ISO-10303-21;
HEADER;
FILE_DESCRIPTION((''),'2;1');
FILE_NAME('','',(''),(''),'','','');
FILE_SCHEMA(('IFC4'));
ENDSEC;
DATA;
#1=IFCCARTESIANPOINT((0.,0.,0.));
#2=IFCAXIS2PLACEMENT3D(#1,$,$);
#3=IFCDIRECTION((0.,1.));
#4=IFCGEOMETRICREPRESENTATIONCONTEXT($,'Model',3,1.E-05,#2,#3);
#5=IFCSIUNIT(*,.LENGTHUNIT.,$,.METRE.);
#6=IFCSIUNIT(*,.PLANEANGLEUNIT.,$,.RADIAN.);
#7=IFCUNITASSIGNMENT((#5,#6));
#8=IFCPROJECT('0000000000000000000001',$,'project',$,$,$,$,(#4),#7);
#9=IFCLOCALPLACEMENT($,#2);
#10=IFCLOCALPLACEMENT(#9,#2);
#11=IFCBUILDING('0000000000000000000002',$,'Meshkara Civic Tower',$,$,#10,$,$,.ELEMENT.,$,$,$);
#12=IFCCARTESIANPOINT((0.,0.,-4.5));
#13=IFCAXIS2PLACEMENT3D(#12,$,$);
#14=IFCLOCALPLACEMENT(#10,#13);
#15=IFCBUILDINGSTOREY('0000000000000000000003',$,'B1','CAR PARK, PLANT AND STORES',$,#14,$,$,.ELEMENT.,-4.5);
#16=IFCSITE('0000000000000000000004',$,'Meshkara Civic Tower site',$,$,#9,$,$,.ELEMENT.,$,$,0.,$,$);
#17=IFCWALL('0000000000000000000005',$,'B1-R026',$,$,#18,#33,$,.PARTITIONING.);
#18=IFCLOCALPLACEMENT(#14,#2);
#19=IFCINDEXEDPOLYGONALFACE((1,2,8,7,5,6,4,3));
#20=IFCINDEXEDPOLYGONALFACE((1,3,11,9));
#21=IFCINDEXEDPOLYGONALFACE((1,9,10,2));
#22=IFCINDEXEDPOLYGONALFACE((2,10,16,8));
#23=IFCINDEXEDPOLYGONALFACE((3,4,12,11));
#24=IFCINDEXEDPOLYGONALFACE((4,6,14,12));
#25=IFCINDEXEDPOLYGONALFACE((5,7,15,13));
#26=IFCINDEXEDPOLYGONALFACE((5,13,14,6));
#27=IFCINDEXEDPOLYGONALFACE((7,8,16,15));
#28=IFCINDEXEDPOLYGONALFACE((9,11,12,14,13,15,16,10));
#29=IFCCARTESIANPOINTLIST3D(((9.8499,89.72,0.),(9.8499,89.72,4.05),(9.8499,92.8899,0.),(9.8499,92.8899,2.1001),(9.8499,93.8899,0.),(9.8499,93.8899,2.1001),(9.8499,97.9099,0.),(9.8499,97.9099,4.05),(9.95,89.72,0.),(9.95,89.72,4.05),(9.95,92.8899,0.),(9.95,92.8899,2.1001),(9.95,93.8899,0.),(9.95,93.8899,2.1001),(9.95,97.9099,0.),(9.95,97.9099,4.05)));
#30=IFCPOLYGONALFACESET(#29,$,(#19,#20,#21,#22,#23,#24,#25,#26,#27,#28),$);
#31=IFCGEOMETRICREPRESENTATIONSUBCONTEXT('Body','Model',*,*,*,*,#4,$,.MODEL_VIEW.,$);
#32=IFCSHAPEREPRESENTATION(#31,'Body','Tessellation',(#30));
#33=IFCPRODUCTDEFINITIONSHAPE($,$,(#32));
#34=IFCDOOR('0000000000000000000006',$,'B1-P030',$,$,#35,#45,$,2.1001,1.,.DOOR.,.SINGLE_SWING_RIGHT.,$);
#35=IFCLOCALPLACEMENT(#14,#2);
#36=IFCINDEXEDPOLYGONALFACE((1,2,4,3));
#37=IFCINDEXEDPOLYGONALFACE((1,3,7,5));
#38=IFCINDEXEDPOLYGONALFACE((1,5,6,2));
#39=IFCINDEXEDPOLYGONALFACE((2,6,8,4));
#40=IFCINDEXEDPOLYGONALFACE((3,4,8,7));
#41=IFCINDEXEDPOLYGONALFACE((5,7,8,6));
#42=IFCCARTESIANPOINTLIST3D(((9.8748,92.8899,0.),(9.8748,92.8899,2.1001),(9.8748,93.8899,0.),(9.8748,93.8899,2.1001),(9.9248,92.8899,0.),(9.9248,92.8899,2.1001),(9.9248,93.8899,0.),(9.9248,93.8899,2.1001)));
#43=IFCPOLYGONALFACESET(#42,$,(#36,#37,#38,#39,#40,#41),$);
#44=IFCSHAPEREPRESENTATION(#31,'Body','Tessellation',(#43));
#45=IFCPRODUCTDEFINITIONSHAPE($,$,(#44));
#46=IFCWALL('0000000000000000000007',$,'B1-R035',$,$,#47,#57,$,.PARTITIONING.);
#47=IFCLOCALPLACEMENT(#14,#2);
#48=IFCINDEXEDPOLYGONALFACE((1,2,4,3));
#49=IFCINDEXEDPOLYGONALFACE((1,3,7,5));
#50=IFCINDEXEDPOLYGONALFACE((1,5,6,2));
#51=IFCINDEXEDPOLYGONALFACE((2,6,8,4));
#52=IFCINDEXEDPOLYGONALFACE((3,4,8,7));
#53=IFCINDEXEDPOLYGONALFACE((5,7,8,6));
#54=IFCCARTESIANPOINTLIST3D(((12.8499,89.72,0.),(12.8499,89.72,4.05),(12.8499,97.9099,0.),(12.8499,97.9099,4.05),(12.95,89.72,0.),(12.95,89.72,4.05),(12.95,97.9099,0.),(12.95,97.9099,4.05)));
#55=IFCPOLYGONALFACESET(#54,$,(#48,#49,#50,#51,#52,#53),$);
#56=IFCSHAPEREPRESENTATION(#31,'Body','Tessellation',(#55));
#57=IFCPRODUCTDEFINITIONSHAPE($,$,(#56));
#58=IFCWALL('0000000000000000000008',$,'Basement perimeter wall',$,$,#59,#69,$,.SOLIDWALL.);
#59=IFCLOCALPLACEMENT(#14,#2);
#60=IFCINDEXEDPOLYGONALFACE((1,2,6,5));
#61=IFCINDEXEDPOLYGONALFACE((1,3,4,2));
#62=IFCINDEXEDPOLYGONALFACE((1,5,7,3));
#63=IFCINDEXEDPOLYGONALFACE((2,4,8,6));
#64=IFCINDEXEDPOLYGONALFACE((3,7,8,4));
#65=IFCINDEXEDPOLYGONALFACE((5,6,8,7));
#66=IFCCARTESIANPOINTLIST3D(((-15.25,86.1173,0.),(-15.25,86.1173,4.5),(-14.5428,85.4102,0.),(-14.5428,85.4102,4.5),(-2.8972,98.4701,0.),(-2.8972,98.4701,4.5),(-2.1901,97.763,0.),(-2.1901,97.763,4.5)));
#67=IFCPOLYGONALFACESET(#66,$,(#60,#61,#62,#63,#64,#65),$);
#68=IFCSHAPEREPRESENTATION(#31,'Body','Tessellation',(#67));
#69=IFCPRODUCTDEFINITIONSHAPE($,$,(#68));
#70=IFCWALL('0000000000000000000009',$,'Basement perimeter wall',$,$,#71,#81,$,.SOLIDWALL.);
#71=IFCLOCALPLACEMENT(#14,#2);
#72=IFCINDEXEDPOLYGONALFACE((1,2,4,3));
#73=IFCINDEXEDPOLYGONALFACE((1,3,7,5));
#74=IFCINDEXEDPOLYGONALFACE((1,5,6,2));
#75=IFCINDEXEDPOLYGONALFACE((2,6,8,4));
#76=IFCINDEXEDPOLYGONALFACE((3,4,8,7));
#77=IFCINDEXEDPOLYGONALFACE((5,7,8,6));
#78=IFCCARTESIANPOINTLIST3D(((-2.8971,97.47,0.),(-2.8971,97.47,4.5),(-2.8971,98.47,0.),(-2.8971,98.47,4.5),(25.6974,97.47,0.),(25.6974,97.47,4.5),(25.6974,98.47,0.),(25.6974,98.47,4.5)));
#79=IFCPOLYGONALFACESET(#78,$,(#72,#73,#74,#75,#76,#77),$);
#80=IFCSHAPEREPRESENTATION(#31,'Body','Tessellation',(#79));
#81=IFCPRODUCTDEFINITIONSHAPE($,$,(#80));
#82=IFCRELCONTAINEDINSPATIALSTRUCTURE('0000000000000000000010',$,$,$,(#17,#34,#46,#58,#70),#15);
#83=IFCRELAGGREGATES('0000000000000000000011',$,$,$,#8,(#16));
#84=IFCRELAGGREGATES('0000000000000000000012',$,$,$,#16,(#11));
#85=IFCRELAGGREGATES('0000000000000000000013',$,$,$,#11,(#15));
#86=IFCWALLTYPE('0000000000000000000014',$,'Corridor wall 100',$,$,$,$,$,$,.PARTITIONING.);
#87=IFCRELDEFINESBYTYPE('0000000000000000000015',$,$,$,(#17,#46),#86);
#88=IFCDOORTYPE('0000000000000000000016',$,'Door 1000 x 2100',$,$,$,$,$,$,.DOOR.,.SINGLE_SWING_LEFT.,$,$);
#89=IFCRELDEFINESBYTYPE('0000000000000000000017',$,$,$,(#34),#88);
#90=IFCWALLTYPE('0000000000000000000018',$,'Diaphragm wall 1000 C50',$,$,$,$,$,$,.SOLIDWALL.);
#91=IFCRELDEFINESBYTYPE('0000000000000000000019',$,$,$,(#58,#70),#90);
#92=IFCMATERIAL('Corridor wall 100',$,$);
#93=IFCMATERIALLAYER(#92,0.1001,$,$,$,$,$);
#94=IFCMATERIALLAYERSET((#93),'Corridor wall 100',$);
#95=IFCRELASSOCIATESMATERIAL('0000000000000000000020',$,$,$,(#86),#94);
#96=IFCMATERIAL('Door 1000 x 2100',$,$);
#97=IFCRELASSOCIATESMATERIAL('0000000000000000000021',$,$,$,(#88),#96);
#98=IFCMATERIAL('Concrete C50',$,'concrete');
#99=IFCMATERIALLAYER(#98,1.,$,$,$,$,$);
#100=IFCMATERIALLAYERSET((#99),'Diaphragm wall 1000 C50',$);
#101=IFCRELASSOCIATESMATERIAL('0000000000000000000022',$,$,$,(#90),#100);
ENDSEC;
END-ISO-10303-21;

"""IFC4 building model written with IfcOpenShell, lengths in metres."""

from ifc_helpers import new_model, si_unit, direction, frame, frame_2d, origin, place, context, subcontext, project, spatial, rectangle, extrude, material, layer, layer_set, type_object, element, fill, save


model = new_model("IFC4")

# Units and contexts
model_context = context("Model", 3, precision=1e-05, world=origin(), true_north=direction((0.0, 1.0)))
body_context = subcontext(model_context, "Body", "Model", "MODEL_VIEW")
ifc_project = project(units=[si_unit("LENGTHUNIT", "METRE"), si_unit("PLANEANGLEUNIT", "RADIAN")], contexts=[model_context])

# Site, building, storey
site_placement = place(None, origin())
site = spatial("IfcSite", under=ifc_project, at=site_placement, Name="Meshkara Civic Tower site", CompositionType="ELEMENT", RefElevation=0.0)
building_placement = place(site_placement, origin())
building = spatial("IfcBuilding", under=site, at=building_placement, Name="Meshkara Civic Tower", CompositionType="ELEMENT")
storey_placement = place(building_placement, frame((0.0, 0.0, -4.5)))
storey = spatial("IfcBuildingStorey", under=building, at=storey_placement, Name="B1", Description="CAR PARK, PLANT AND STORES", CompositionType="ELEMENT", Elevation=-4.5)

# Shared definitions
ifc_material_1 = material(Name="Corridor wall 100")
ifc_layer_1 = layer(ifc_material_1, 0.1001)
ifc_layer_set_1 = layer_set([ifc_layer_1], Name="Corridor wall 100")
wall_type_1 = type_object("IfcWallType", Name="Corridor wall 100", PredefinedType="PARTITIONING", material=ifc_layer_set_1)

# Wall, opening, door
wall_1_placement = place(storey_placement, frame((9.8999, 97.9099, 0.0), z_axis=(0.0, 0.0, 1.0), x_axis=(0.0, -1.0, 0.0)))
wall_1 = element("IfcWall", 1, at=wall_1_placement, inside=storey, type_object=wall_type_1, Name="B1-R026", PredefinedType="PARTITIONING", context=body_context, shape_type="SweptSolid", body=[
    extrude(rectangle(XDim=8.1899, YDim=0.1001, at=frame_2d((4.095, 0.0))), origin(), (0.0, 0.0, 1.0), 4.05),
])
opening_placement = place(wall_1_placement, frame((4.02, 0.0, 0.0)))
opening = element("IfcOpeningElement", 2, at=opening_placement, cuts=wall_1, PredefinedType="OPENING", context=body_context, shape_type="SweptSolid", body=[
    extrude(rectangle(XDim=1.0, YDim=2.1001, at=frame_2d((0.5, 1.05))), frame((0.0, 0.0601, 0.0), z_axis=(0.0, -1.0, 0.0), x_axis=(1.0, 0.0, 0.0)), (0.0, 0.0, 1.0), 0.1201),
])
ifc_material_2 = material(Name="Door 1000 x 2100")
door_type = type_object("IfcDoorType", Name="Door 1000 x 2100", OperationType="SINGLE_SWING_LEFT", PredefinedType="DOOR", material=ifc_material_2)
door_placement = place(opening_placement, origin())
door = element("IfcDoor", 3, at=door_placement, inside=storey, type_object=door_type, Name="B1-P030", OperationType="SINGLE_SWING_RIGHT", OverallHeight=2.1001, OverallWidth=1.0, PredefinedType="DOOR", context=body_context, shape_type="SweptSolid", body=[
    extrude(rectangle(XDim=1.0, YDim=2.1001, at=frame_2d((0.5, 1.05))), frame((0.0, 0.0249, 0.0), z_axis=(0.0, -1.0, 0.0), x_axis=(1.0, 0.0, 0.0)), (0.0, 0.0, 1.0), 0.05),
])
fill(opening, door)

# Walls
wall_2_placement = place(storey_placement, frame((12.8999, 89.72, 0.0), z_axis=(0.0, 0.0, 1.0), x_axis=(0.0, 1.0, 0.0)))
element("IfcWall", 4, at=wall_2_placement, inside=storey, type_object=wall_type_1, Name="B1-R035", PredefinedType="PARTITIONING", context=body_context, shape_type="SweptSolid", body=[
    extrude(rectangle(XDim=8.1899, YDim=0.1001, at=frame_2d((4.095, 0.0))), origin(), (0.0, 0.0, 1.0), 4.05),
])
ifc_material_3 = material(Name="Concrete C50", Category="concrete")
ifc_layer_2 = layer(ifc_material_3, 1.0)
ifc_layer_set_2 = layer_set([ifc_layer_2], Name="Diaphragm wall 1000 C50")
wall_type_2 = type_object("IfcWallType", Name="Diaphragm wall 1000 C50", PredefinedType="SOLIDWALL", material=ifc_layer_set_2)
wall_3_placement = place(storey_placement, frame((-14.8965, 85.7637, 0.0), z_axis=(0.0, 0.0, 1.0), x_axis=(0.707107, 0.707107, 0.0)))
element("IfcWall", 5, at=wall_3_placement, inside=storey, type_object=wall_type_2, Name="Basement perimeter wall", PredefinedType="SOLIDWALL", context=body_context, shape_type="SweptSolid", body=[
    extrude(rectangle(XDim=17.4695, YDim=1.0, at=frame_2d((8.7349, 0.0))), origin(), (0.0, 0.0, 1.0), 4.5),
])
wall_4_placement = place(storey_placement, frame((-2.8972, 97.97, 0.0), z_axis=(0.0, 0.0, 1.0), x_axis=(1.0, 0.0, 0.0)))
element("IfcWall", 6, at=wall_4_placement, inside=storey, type_object=wall_type_2, Name="Basement perimeter wall", PredefinedType="SOLIDWALL", context=body_context, shape_type="SweptSolid", body=[
    extrude(rectangle(XDim=28.5945, YDim=1.0, at=frame_2d((14.2974, 0.0))), origin(), (0.0, 0.0, 1.0), 4.5),
])

save(model, "model.ifc")
